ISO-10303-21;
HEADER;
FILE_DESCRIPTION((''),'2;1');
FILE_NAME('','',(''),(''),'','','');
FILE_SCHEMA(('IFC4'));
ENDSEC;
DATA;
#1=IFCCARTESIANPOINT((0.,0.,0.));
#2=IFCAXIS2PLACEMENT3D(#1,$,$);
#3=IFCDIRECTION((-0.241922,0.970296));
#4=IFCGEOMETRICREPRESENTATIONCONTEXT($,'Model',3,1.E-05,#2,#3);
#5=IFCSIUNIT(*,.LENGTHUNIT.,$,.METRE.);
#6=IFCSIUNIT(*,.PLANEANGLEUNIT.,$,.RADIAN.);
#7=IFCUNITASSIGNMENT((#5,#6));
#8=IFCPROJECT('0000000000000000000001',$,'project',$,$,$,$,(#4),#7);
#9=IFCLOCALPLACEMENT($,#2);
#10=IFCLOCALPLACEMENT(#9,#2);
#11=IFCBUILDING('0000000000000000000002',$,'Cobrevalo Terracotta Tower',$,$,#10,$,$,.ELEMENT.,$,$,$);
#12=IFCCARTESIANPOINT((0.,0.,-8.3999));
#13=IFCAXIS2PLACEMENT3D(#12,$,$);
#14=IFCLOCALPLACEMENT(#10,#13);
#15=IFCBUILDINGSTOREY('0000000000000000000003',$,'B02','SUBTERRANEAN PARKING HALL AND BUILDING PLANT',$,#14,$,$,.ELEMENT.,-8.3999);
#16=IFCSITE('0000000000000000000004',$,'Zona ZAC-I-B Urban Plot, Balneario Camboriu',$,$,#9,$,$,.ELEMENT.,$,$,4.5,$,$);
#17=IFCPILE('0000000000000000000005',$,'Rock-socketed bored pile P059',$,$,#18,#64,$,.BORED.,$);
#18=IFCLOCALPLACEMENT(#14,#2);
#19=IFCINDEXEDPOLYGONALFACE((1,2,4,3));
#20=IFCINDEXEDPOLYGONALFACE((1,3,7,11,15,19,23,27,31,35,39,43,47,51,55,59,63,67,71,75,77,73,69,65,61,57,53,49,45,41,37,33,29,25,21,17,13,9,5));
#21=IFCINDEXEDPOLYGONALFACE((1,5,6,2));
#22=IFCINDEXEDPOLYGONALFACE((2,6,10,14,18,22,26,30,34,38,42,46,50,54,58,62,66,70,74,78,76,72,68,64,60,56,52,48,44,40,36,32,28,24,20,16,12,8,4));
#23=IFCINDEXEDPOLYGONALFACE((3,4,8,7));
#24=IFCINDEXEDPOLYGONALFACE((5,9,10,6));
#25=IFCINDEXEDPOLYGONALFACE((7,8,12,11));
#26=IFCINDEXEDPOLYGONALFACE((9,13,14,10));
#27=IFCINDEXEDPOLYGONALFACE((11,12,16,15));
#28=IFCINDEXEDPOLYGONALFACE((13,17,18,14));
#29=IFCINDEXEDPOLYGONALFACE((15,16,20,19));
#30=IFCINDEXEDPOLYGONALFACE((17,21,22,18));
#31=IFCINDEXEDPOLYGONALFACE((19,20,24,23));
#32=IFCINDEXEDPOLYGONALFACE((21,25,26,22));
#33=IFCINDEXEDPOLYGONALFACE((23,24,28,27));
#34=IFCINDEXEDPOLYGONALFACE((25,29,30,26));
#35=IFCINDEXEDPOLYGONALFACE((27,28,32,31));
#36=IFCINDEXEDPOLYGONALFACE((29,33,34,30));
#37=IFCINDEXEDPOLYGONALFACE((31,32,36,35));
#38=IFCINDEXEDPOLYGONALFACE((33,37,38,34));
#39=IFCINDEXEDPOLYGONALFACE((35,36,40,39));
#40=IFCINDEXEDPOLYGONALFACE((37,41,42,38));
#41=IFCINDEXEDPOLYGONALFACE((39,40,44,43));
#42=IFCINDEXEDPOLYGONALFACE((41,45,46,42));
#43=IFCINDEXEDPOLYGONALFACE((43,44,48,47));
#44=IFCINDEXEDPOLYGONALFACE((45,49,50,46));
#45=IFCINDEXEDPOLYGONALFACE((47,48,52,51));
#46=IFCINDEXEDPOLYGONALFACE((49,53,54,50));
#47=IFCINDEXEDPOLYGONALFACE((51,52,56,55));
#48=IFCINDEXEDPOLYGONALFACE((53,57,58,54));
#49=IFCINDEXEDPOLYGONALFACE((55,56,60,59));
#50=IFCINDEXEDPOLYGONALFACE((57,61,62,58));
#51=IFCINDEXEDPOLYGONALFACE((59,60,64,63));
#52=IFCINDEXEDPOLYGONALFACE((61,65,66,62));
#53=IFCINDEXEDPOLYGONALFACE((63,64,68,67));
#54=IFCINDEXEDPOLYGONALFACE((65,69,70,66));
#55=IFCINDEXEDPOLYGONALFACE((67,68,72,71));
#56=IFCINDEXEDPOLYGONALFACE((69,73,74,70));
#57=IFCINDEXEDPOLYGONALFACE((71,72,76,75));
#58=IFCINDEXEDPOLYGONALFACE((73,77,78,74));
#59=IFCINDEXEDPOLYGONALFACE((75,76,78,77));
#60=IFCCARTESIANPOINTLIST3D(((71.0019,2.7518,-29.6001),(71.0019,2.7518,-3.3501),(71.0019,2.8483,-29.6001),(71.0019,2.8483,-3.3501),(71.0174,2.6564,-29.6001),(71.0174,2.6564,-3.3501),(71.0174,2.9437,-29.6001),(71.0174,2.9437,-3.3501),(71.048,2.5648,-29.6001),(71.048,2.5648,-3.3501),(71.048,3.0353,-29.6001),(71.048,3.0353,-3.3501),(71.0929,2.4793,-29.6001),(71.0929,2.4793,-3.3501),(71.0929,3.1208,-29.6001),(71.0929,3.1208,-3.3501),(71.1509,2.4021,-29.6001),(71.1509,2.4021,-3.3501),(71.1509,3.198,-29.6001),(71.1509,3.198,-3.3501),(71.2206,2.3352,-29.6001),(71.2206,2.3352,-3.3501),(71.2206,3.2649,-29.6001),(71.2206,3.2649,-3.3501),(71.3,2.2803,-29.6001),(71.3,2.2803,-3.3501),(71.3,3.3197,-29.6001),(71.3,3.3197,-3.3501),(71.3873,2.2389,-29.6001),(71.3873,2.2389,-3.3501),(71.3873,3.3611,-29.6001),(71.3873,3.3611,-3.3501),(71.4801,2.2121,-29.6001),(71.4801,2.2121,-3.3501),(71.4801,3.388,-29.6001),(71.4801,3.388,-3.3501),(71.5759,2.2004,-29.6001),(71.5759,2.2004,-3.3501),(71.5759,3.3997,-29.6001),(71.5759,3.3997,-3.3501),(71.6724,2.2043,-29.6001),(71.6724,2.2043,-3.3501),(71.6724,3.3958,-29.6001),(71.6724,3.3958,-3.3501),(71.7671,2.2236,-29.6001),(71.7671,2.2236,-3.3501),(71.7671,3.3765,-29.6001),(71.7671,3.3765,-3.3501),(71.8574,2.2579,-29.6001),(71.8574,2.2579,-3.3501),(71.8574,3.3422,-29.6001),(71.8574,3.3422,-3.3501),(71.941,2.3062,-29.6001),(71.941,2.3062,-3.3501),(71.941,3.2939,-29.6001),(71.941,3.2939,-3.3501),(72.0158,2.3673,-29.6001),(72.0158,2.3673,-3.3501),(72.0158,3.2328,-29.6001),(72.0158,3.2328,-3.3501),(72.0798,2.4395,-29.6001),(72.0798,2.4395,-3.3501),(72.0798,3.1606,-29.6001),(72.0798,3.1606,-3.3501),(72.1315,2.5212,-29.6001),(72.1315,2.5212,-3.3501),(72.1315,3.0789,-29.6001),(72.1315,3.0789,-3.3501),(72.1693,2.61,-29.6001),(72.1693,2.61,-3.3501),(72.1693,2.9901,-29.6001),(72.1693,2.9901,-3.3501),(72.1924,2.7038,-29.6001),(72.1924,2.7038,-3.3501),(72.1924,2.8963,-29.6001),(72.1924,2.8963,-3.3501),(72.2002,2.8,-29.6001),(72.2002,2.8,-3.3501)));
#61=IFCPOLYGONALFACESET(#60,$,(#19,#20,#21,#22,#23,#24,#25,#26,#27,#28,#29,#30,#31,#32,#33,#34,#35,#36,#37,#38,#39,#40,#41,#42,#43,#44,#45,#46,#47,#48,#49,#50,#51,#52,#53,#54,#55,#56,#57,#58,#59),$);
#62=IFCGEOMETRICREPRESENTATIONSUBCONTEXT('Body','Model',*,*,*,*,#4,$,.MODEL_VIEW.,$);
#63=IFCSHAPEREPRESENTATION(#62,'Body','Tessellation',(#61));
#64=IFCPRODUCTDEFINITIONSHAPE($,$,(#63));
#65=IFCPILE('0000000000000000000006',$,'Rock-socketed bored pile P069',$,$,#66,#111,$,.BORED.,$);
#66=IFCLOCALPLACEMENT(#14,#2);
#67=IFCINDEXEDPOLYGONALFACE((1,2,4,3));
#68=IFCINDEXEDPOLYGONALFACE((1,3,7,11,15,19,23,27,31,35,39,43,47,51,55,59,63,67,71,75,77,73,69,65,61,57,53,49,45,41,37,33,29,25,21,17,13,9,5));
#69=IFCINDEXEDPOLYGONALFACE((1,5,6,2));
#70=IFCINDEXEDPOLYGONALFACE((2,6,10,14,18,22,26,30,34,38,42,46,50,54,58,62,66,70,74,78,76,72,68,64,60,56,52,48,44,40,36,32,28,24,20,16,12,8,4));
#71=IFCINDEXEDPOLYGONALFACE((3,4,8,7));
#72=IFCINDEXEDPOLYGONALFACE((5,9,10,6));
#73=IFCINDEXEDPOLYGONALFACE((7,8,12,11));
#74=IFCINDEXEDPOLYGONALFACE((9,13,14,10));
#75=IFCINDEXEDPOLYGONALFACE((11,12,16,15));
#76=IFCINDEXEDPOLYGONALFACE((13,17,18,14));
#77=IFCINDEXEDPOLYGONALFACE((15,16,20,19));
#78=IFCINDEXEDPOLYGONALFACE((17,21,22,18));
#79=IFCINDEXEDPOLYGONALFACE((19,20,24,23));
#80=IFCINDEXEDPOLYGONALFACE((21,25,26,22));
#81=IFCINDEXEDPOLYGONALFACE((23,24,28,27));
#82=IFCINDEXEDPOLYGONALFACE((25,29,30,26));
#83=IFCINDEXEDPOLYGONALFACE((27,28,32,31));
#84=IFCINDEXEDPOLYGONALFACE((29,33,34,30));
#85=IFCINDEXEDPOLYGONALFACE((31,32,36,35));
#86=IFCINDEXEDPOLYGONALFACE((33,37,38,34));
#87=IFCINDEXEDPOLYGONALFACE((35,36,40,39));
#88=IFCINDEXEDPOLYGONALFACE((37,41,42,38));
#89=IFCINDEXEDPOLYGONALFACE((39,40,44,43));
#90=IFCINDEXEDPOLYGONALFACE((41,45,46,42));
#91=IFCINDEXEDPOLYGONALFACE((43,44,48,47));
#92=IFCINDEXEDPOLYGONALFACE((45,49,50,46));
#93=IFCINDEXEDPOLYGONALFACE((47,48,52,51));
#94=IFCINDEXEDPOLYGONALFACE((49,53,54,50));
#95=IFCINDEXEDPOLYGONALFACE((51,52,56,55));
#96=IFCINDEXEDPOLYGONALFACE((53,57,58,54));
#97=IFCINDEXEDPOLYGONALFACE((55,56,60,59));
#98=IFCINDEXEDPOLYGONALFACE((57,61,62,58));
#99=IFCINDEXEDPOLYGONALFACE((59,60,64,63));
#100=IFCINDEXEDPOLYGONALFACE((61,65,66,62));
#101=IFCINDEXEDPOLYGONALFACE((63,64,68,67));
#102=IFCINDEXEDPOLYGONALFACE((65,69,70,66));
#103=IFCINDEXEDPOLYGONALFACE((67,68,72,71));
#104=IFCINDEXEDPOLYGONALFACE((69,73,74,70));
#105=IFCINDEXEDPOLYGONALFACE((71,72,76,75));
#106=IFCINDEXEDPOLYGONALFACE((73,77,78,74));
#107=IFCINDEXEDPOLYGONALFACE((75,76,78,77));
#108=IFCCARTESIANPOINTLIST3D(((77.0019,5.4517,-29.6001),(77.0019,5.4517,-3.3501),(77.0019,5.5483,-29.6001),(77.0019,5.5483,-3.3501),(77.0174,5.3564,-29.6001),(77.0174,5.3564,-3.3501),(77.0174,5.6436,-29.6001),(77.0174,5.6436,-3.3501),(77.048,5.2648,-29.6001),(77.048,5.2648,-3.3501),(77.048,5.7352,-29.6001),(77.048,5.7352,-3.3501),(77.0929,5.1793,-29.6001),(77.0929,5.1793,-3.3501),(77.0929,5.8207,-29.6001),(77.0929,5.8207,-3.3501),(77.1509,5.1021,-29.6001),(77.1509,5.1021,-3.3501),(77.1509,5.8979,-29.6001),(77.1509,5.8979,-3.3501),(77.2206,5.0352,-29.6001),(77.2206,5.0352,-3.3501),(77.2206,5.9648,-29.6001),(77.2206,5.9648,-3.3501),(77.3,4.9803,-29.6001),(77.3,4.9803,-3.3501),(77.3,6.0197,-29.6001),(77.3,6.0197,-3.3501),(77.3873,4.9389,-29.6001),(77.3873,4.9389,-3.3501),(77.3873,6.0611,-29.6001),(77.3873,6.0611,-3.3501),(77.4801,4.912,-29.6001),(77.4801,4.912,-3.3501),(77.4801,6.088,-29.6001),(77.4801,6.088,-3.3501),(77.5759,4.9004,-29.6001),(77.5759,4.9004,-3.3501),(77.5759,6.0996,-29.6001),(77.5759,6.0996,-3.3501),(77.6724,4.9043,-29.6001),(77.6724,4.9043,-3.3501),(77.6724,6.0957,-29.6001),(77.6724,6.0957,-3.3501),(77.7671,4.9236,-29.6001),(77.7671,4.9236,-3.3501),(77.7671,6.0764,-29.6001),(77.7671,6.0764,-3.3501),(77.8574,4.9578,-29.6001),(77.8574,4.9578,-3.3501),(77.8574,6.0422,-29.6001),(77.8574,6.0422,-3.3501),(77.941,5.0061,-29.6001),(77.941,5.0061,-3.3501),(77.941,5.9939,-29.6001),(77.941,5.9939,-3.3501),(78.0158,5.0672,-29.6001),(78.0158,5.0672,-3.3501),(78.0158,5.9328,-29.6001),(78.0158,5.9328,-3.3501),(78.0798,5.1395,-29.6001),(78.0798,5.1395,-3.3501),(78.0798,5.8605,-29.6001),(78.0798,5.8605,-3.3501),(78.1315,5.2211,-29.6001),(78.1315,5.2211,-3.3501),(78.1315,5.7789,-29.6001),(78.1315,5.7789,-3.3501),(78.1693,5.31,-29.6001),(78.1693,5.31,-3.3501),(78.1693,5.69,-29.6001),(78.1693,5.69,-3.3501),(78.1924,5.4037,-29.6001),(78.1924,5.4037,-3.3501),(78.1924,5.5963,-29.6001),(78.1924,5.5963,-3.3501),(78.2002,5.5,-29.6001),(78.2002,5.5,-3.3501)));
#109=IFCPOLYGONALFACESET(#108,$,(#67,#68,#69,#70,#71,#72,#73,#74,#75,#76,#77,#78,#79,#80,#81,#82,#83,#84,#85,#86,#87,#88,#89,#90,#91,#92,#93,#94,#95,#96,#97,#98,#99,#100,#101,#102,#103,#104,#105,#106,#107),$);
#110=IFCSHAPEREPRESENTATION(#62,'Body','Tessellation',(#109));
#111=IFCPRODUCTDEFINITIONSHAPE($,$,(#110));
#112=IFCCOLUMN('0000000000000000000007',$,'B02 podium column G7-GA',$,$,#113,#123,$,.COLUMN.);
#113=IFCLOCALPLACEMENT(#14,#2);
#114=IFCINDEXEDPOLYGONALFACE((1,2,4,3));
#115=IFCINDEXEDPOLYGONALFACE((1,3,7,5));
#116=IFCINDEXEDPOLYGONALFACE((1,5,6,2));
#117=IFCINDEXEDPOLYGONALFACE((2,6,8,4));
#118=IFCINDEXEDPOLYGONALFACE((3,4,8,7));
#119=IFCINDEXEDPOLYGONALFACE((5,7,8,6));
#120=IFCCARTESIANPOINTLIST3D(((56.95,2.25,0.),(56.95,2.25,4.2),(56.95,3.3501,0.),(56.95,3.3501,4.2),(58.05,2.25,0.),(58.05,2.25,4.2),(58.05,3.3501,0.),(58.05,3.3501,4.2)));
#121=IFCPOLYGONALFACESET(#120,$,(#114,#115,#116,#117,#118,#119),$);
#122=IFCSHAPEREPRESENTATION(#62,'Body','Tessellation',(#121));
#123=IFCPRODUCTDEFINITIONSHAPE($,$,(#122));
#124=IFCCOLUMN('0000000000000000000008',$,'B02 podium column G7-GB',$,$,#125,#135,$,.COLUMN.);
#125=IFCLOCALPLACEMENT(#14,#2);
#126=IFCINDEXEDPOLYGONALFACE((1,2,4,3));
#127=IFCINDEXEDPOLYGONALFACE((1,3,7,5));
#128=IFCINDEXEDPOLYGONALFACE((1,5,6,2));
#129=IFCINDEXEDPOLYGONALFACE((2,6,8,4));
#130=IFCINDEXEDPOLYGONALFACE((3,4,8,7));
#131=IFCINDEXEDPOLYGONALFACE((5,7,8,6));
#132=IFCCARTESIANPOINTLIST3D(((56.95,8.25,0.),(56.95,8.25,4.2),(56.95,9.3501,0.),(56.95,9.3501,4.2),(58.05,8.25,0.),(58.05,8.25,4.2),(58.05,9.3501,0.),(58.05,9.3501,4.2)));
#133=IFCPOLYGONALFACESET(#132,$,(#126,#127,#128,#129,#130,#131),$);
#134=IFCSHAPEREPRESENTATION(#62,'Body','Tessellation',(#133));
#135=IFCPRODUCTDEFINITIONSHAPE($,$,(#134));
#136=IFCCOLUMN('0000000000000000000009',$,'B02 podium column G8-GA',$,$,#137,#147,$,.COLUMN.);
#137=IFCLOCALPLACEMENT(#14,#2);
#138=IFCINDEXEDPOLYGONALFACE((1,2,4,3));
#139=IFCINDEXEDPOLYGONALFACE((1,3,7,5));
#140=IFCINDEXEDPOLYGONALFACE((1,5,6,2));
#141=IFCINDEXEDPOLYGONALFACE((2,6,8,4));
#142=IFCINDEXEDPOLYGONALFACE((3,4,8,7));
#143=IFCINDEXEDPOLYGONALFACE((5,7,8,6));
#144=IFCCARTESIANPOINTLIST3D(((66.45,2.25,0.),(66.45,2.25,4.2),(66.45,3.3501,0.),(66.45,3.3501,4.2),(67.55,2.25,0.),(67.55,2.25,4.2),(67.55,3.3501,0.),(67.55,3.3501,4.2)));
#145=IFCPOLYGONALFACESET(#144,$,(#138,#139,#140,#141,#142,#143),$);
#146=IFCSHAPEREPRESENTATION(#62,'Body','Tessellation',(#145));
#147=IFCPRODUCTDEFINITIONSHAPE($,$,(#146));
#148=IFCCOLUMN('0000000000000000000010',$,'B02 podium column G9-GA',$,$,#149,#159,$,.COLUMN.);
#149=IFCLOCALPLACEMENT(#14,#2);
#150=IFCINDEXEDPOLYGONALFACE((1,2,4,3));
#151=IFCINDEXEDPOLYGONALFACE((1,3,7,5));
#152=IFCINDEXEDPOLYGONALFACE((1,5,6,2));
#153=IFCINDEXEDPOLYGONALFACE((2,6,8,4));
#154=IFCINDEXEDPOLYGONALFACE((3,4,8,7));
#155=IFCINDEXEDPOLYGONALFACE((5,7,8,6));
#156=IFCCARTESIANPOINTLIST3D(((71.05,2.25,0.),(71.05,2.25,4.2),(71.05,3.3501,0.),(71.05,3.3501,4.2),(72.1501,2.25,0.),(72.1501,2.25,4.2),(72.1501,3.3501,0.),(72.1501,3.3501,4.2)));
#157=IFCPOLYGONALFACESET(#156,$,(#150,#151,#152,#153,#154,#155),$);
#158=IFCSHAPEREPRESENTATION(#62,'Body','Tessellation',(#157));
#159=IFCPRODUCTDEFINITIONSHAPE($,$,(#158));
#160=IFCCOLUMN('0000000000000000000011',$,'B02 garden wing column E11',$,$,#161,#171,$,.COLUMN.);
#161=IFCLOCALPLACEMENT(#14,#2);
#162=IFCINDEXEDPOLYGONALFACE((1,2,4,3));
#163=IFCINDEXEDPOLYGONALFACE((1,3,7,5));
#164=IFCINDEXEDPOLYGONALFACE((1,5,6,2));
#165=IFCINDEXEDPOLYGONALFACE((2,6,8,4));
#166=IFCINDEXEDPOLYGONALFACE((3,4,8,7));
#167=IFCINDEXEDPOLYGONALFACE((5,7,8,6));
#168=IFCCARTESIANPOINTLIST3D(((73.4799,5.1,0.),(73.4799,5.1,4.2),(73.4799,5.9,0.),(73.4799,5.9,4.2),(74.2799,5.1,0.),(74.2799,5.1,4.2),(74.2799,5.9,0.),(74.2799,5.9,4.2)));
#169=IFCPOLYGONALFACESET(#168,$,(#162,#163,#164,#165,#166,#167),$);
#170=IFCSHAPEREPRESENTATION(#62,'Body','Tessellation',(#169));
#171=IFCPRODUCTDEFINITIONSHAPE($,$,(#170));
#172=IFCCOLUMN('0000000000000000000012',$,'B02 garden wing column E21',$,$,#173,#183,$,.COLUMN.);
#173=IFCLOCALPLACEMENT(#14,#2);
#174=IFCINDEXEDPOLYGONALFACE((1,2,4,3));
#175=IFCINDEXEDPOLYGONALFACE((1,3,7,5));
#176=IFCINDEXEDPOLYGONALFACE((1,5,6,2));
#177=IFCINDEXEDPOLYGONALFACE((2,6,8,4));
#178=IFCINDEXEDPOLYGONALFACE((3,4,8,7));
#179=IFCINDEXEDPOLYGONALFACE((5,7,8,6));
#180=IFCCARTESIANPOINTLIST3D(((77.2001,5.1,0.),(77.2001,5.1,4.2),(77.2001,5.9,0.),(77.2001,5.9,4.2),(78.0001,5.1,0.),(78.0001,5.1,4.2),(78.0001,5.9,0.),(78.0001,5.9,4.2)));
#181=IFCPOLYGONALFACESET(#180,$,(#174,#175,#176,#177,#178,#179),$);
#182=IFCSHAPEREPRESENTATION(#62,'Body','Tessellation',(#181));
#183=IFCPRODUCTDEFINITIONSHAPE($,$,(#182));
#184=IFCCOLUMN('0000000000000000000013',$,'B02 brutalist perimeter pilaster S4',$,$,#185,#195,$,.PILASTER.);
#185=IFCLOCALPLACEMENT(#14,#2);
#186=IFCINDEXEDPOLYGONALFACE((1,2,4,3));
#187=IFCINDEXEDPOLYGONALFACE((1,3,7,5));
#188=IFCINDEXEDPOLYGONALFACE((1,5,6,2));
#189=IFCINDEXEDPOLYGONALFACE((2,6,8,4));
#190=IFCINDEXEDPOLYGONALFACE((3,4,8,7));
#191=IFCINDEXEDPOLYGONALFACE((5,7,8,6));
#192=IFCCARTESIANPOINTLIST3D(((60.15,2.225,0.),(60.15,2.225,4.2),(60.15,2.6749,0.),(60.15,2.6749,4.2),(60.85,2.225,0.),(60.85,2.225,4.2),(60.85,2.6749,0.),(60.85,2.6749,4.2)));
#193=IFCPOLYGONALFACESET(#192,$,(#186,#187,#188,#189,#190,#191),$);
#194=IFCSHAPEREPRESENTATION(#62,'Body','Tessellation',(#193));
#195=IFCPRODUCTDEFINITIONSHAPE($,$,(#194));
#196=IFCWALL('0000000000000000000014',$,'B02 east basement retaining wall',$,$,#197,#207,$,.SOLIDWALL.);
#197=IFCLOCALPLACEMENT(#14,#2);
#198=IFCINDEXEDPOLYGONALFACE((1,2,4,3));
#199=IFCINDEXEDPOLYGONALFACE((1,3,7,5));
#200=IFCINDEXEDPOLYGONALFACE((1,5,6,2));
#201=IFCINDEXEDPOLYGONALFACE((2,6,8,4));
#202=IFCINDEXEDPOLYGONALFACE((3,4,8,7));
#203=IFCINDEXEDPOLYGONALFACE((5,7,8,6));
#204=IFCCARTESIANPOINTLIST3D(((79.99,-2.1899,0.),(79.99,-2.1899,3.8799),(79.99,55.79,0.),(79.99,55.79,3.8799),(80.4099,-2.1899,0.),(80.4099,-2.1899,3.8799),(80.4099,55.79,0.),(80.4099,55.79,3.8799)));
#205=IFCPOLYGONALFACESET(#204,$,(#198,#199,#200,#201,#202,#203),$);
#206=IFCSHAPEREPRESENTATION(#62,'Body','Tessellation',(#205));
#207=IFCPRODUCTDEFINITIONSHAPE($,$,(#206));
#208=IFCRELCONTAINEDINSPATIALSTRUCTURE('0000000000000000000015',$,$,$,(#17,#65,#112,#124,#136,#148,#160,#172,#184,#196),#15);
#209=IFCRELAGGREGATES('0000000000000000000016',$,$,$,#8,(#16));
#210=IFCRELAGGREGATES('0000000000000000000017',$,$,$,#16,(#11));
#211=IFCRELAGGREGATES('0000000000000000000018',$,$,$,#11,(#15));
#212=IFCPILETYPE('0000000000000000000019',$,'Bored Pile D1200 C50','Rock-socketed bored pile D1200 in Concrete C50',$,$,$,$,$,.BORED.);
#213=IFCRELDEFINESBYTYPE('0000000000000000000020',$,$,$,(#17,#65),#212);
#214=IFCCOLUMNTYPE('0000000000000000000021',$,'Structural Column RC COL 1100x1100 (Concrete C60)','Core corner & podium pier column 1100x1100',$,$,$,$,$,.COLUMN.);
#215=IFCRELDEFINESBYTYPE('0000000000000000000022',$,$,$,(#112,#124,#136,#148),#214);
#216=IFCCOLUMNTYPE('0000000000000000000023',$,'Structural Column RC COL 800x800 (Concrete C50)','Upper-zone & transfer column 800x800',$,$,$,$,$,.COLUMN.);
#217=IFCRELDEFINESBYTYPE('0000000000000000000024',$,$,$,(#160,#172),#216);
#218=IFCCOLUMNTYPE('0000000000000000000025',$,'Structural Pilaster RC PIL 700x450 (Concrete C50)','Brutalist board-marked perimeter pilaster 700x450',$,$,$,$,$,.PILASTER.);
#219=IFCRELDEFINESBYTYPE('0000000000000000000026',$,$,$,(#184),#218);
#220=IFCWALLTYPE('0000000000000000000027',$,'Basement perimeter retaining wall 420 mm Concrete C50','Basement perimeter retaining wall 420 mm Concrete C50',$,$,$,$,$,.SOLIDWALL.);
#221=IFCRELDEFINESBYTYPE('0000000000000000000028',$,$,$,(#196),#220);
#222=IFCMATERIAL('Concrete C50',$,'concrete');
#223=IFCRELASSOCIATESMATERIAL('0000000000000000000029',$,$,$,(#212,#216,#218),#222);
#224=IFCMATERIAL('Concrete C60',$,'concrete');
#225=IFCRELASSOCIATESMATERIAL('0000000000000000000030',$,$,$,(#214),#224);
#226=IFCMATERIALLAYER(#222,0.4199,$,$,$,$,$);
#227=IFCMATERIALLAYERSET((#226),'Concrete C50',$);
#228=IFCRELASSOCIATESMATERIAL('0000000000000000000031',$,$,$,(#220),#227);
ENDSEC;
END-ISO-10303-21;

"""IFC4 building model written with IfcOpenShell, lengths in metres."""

from ifc_helpers import new_model, si_unit, direction, frame, frame_2d, origin, origin_2d, place, context, subcontext, project, spatial, rectangle, circle, extrude, material, layer, layer_set, material_profile, profile_set, type_object, element, save


model = new_model("IFC4")

# Units and contexts
model_context = context("Model", 3, precision=1e-05, world=origin(), true_north=direction((-0.241922, 0.970296)))
body_context = subcontext(model_context, "Body", "Model", "MODEL_VIEW")
ifc_project = project(units=[si_unit("LENGTHUNIT", "METRE"), si_unit("PLANEANGLEUNIT", "RADIAN")], contexts=[model_context])

# Site, building, storey
site_placement = place(None, origin())
site = spatial("IfcSite", under=ifc_project, at=site_placement, Name="Zona ZAC-I-B Urban Plot, Balneario Camboriu", CompositionType="ELEMENT", RefElevation=4.5)
building_placement = place(site_placement, origin())
building = spatial("IfcBuilding", under=site, at=building_placement, Name="Cobrevalo Terracotta Tower", CompositionType="ELEMENT")
storey_placement = place(building_placement, frame((0.0, 0.0, -8.3999)))
storey = spatial("IfcBuildingStorey", under=building, at=storey_placement, Name="B02", Description="SUBTERRANEAN PARKING HALL AND BUILDING PLANT", CompositionType="ELEMENT", Elevation=-8.3999)

# Piles
ifc_material_1 = material(Name="Concrete C50", Category="concrete")
ifc_material_profile_1 = material_profile(ifc_material_1, circle(Radius=0.6001, at=origin_2d()), Name="PILE D1200")
ifc_profile_set_1 = profile_set([ifc_material_profile_1], Name="Concrete C50")
pile_type = type_object("IfcPileType", Name="Bored Pile D1200 C50", Description="Rock-socketed bored pile D1200 in Concrete C50", PredefinedType="BORED", material=ifc_profile_set_1)
for number, where, z_axis, x_axis, name in (
    (1, (71.6001, 2.8, -3.3501), (0.0, 0.0, -1.0), (1.0, 0.0, 0.0), "Rock-socketed bored pile P059"),
    (2, (77.6001, 5.5, -3.3501), (0.0, 0.0, -1.0), (1.0, 0.0, 0.0), "Rock-socketed bored pile P069"),
):
    element("IfcPile", number, at=place(storey_placement, frame(where, z_axis=z_axis, x_axis=x_axis)), inside=storey, type_object=pile_type, Name=name, PredefinedType="BORED", context=body_context, shape_type="SweptSolid", body=[
        extrude(circle(Radius=0.6001, at=origin_2d()), origin(), (0.0, 0.0, 1.0), 26.25),
    ])

# Columns
ifc_material_2 = material(Name="Concrete C60", Category="concrete")
ifc_material_profile_2 = material_profile(ifc_material_2, rectangle(XDim=1.1001, YDim=1.1001, at=origin_2d()), Name="RC COL 1100x1100")
ifc_profile_set_2 = profile_set([ifc_material_profile_2], Name="Concrete C60")
column_type_1 = type_object("IfcColumnType", Name="Structural Column RC COL 1100x1100 (Concrete C60)", Description="Core corner & podium pier column 1100x1100", PredefinedType="COLUMN", material=ifc_profile_set_2)
for number, where, z_axis, x_axis, name in (
    (3, (57.5, 2.8, 0.0), (0.0, 0.0, 1.0), (1.0, 0.0, 0.0), "B02 podium column G7-GA"),
    (4, (57.5, 8.8, 0.0), (0.0, 0.0, 1.0), (1.0, 0.0, 0.0), "B02 podium column G7-GB"),
    (5, (67.0, 2.8, 0.0), (0.0, 0.0, 1.0), (1.0, 0.0, 0.0), "B02 podium column G8-GA"),
    (6, (71.6001, 2.8, 0.0), (0.0, 0.0, 1.0), (1.0, 0.0, 0.0), "B02 podium column G9-GA"),
):
    element("IfcColumn", number, at=place(storey_placement, frame(where, z_axis=z_axis, x_axis=x_axis)), inside=storey, type_object=column_type_1, Name=name, PredefinedType="COLUMN", context=body_context, shape_type="SweptSolid", body=[
        extrude(rectangle(XDim=1.1001, YDim=1.1001, at=origin_2d()), origin(), (0.0, 0.0, 1.0), 4.2),
    ])
ifc_material_profile_3 = material_profile(ifc_material_1, rectangle(XDim=0.8, YDim=0.8, at=origin_2d()), Name="RC COL 800x800")
ifc_profile_set_3 = profile_set([ifc_material_profile_3], Name="Concrete C50")
column_type_2 = type_object("IfcColumnType", Name="Structural Column RC COL 800x800 (Concrete C50)", Description="Upper-zone & transfer column 800x800", PredefinedType="COLUMN", material=ifc_profile_set_3)
for number, where, z_axis, x_axis, name in (
    (7, (73.8799, 5.5, 0.0), (0.0, 0.0, 1.0), (1.0, 0.0, 0.0), "B02 garden wing column E11"),
    (8, (77.6001, 5.5, 0.0), (0.0, 0.0, 1.0), (1.0, 0.0, 0.0), "B02 garden wing column E21"),
):
    element("IfcColumn", number, at=place(storey_placement, frame(where, z_axis=z_axis, x_axis=x_axis)), inside=storey, type_object=column_type_2, Name=name, PredefinedType="COLUMN", context=body_context, shape_type="SweptSolid", body=[
        extrude(rectangle(XDim=0.8, YDim=0.8, at=origin_2d()), origin(), (0.0, 0.0, 1.0), 4.2),
    ])
ifc_material_profile_4 = material_profile(ifc_material_1, rectangle(XDim=0.7, YDim=0.45, at=origin_2d()), Name="RC PIL 700x450")
ifc_profile_set_4 = profile_set([ifc_material_profile_4], Name="Concrete C50")
column_type_3 = type_object("IfcColumnType", Name="Structural Pilaster RC PIL 700x450 (Concrete C50)", Description="Brutalist board-marked perimeter pilaster 700x450", PredefinedType="PILASTER", material=ifc_profile_set_4)
column_placement = place(storey_placement, frame((60.5, 2.45, 0.0), z_axis=(0.0, 0.0, 1.0), x_axis=(1.0, 0.0, 0.0)))
element("IfcColumn", 9, at=column_placement, inside=storey, type_object=column_type_3, Name="B02 brutalist perimeter pilaster S4", PredefinedType="PILASTER", context=body_context, shape_type="SweptSolid", body=[
    extrude(rectangle(XDim=0.7, YDim=0.45, at=origin_2d()), origin(), (0.0, 0.0, 1.0), 4.2),
])

# Wall
ifc_layer_1 = layer(ifc_material_1, 0.4199)
ifc_layer_set_1 = layer_set([ifc_layer_1], Name="Concrete C50")
wall_type_1 = type_object("IfcWallType", Name="Basement perimeter retaining wall 420 mm Concrete C50", Description="Basement perimeter retaining wall 420 mm Concrete C50", PredefinedType="SOLIDWALL", material=ifc_layer_set_1)
wall_1_placement = place(storey_placement, frame((80.2, -2.1899, 0.0), z_axis=(0.0, 0.0, 1.0), x_axis=(0.0, 1.0, 0.0)))
element("IfcWall", 10, at=wall_1_placement, inside=storey, type_object=wall_type_1, Name="B02 east basement retaining wall", PredefinedType="SOLIDWALL", context=body_context, shape_type="SweptSolid", body=[
    extrude(rectangle(XDim=57.98, YDim=0.4199, at=frame_2d((28.99, 0.0))), origin(), (0.0, 0.0, 1.0), 3.8799),
])

save(model, "model.ifc")
